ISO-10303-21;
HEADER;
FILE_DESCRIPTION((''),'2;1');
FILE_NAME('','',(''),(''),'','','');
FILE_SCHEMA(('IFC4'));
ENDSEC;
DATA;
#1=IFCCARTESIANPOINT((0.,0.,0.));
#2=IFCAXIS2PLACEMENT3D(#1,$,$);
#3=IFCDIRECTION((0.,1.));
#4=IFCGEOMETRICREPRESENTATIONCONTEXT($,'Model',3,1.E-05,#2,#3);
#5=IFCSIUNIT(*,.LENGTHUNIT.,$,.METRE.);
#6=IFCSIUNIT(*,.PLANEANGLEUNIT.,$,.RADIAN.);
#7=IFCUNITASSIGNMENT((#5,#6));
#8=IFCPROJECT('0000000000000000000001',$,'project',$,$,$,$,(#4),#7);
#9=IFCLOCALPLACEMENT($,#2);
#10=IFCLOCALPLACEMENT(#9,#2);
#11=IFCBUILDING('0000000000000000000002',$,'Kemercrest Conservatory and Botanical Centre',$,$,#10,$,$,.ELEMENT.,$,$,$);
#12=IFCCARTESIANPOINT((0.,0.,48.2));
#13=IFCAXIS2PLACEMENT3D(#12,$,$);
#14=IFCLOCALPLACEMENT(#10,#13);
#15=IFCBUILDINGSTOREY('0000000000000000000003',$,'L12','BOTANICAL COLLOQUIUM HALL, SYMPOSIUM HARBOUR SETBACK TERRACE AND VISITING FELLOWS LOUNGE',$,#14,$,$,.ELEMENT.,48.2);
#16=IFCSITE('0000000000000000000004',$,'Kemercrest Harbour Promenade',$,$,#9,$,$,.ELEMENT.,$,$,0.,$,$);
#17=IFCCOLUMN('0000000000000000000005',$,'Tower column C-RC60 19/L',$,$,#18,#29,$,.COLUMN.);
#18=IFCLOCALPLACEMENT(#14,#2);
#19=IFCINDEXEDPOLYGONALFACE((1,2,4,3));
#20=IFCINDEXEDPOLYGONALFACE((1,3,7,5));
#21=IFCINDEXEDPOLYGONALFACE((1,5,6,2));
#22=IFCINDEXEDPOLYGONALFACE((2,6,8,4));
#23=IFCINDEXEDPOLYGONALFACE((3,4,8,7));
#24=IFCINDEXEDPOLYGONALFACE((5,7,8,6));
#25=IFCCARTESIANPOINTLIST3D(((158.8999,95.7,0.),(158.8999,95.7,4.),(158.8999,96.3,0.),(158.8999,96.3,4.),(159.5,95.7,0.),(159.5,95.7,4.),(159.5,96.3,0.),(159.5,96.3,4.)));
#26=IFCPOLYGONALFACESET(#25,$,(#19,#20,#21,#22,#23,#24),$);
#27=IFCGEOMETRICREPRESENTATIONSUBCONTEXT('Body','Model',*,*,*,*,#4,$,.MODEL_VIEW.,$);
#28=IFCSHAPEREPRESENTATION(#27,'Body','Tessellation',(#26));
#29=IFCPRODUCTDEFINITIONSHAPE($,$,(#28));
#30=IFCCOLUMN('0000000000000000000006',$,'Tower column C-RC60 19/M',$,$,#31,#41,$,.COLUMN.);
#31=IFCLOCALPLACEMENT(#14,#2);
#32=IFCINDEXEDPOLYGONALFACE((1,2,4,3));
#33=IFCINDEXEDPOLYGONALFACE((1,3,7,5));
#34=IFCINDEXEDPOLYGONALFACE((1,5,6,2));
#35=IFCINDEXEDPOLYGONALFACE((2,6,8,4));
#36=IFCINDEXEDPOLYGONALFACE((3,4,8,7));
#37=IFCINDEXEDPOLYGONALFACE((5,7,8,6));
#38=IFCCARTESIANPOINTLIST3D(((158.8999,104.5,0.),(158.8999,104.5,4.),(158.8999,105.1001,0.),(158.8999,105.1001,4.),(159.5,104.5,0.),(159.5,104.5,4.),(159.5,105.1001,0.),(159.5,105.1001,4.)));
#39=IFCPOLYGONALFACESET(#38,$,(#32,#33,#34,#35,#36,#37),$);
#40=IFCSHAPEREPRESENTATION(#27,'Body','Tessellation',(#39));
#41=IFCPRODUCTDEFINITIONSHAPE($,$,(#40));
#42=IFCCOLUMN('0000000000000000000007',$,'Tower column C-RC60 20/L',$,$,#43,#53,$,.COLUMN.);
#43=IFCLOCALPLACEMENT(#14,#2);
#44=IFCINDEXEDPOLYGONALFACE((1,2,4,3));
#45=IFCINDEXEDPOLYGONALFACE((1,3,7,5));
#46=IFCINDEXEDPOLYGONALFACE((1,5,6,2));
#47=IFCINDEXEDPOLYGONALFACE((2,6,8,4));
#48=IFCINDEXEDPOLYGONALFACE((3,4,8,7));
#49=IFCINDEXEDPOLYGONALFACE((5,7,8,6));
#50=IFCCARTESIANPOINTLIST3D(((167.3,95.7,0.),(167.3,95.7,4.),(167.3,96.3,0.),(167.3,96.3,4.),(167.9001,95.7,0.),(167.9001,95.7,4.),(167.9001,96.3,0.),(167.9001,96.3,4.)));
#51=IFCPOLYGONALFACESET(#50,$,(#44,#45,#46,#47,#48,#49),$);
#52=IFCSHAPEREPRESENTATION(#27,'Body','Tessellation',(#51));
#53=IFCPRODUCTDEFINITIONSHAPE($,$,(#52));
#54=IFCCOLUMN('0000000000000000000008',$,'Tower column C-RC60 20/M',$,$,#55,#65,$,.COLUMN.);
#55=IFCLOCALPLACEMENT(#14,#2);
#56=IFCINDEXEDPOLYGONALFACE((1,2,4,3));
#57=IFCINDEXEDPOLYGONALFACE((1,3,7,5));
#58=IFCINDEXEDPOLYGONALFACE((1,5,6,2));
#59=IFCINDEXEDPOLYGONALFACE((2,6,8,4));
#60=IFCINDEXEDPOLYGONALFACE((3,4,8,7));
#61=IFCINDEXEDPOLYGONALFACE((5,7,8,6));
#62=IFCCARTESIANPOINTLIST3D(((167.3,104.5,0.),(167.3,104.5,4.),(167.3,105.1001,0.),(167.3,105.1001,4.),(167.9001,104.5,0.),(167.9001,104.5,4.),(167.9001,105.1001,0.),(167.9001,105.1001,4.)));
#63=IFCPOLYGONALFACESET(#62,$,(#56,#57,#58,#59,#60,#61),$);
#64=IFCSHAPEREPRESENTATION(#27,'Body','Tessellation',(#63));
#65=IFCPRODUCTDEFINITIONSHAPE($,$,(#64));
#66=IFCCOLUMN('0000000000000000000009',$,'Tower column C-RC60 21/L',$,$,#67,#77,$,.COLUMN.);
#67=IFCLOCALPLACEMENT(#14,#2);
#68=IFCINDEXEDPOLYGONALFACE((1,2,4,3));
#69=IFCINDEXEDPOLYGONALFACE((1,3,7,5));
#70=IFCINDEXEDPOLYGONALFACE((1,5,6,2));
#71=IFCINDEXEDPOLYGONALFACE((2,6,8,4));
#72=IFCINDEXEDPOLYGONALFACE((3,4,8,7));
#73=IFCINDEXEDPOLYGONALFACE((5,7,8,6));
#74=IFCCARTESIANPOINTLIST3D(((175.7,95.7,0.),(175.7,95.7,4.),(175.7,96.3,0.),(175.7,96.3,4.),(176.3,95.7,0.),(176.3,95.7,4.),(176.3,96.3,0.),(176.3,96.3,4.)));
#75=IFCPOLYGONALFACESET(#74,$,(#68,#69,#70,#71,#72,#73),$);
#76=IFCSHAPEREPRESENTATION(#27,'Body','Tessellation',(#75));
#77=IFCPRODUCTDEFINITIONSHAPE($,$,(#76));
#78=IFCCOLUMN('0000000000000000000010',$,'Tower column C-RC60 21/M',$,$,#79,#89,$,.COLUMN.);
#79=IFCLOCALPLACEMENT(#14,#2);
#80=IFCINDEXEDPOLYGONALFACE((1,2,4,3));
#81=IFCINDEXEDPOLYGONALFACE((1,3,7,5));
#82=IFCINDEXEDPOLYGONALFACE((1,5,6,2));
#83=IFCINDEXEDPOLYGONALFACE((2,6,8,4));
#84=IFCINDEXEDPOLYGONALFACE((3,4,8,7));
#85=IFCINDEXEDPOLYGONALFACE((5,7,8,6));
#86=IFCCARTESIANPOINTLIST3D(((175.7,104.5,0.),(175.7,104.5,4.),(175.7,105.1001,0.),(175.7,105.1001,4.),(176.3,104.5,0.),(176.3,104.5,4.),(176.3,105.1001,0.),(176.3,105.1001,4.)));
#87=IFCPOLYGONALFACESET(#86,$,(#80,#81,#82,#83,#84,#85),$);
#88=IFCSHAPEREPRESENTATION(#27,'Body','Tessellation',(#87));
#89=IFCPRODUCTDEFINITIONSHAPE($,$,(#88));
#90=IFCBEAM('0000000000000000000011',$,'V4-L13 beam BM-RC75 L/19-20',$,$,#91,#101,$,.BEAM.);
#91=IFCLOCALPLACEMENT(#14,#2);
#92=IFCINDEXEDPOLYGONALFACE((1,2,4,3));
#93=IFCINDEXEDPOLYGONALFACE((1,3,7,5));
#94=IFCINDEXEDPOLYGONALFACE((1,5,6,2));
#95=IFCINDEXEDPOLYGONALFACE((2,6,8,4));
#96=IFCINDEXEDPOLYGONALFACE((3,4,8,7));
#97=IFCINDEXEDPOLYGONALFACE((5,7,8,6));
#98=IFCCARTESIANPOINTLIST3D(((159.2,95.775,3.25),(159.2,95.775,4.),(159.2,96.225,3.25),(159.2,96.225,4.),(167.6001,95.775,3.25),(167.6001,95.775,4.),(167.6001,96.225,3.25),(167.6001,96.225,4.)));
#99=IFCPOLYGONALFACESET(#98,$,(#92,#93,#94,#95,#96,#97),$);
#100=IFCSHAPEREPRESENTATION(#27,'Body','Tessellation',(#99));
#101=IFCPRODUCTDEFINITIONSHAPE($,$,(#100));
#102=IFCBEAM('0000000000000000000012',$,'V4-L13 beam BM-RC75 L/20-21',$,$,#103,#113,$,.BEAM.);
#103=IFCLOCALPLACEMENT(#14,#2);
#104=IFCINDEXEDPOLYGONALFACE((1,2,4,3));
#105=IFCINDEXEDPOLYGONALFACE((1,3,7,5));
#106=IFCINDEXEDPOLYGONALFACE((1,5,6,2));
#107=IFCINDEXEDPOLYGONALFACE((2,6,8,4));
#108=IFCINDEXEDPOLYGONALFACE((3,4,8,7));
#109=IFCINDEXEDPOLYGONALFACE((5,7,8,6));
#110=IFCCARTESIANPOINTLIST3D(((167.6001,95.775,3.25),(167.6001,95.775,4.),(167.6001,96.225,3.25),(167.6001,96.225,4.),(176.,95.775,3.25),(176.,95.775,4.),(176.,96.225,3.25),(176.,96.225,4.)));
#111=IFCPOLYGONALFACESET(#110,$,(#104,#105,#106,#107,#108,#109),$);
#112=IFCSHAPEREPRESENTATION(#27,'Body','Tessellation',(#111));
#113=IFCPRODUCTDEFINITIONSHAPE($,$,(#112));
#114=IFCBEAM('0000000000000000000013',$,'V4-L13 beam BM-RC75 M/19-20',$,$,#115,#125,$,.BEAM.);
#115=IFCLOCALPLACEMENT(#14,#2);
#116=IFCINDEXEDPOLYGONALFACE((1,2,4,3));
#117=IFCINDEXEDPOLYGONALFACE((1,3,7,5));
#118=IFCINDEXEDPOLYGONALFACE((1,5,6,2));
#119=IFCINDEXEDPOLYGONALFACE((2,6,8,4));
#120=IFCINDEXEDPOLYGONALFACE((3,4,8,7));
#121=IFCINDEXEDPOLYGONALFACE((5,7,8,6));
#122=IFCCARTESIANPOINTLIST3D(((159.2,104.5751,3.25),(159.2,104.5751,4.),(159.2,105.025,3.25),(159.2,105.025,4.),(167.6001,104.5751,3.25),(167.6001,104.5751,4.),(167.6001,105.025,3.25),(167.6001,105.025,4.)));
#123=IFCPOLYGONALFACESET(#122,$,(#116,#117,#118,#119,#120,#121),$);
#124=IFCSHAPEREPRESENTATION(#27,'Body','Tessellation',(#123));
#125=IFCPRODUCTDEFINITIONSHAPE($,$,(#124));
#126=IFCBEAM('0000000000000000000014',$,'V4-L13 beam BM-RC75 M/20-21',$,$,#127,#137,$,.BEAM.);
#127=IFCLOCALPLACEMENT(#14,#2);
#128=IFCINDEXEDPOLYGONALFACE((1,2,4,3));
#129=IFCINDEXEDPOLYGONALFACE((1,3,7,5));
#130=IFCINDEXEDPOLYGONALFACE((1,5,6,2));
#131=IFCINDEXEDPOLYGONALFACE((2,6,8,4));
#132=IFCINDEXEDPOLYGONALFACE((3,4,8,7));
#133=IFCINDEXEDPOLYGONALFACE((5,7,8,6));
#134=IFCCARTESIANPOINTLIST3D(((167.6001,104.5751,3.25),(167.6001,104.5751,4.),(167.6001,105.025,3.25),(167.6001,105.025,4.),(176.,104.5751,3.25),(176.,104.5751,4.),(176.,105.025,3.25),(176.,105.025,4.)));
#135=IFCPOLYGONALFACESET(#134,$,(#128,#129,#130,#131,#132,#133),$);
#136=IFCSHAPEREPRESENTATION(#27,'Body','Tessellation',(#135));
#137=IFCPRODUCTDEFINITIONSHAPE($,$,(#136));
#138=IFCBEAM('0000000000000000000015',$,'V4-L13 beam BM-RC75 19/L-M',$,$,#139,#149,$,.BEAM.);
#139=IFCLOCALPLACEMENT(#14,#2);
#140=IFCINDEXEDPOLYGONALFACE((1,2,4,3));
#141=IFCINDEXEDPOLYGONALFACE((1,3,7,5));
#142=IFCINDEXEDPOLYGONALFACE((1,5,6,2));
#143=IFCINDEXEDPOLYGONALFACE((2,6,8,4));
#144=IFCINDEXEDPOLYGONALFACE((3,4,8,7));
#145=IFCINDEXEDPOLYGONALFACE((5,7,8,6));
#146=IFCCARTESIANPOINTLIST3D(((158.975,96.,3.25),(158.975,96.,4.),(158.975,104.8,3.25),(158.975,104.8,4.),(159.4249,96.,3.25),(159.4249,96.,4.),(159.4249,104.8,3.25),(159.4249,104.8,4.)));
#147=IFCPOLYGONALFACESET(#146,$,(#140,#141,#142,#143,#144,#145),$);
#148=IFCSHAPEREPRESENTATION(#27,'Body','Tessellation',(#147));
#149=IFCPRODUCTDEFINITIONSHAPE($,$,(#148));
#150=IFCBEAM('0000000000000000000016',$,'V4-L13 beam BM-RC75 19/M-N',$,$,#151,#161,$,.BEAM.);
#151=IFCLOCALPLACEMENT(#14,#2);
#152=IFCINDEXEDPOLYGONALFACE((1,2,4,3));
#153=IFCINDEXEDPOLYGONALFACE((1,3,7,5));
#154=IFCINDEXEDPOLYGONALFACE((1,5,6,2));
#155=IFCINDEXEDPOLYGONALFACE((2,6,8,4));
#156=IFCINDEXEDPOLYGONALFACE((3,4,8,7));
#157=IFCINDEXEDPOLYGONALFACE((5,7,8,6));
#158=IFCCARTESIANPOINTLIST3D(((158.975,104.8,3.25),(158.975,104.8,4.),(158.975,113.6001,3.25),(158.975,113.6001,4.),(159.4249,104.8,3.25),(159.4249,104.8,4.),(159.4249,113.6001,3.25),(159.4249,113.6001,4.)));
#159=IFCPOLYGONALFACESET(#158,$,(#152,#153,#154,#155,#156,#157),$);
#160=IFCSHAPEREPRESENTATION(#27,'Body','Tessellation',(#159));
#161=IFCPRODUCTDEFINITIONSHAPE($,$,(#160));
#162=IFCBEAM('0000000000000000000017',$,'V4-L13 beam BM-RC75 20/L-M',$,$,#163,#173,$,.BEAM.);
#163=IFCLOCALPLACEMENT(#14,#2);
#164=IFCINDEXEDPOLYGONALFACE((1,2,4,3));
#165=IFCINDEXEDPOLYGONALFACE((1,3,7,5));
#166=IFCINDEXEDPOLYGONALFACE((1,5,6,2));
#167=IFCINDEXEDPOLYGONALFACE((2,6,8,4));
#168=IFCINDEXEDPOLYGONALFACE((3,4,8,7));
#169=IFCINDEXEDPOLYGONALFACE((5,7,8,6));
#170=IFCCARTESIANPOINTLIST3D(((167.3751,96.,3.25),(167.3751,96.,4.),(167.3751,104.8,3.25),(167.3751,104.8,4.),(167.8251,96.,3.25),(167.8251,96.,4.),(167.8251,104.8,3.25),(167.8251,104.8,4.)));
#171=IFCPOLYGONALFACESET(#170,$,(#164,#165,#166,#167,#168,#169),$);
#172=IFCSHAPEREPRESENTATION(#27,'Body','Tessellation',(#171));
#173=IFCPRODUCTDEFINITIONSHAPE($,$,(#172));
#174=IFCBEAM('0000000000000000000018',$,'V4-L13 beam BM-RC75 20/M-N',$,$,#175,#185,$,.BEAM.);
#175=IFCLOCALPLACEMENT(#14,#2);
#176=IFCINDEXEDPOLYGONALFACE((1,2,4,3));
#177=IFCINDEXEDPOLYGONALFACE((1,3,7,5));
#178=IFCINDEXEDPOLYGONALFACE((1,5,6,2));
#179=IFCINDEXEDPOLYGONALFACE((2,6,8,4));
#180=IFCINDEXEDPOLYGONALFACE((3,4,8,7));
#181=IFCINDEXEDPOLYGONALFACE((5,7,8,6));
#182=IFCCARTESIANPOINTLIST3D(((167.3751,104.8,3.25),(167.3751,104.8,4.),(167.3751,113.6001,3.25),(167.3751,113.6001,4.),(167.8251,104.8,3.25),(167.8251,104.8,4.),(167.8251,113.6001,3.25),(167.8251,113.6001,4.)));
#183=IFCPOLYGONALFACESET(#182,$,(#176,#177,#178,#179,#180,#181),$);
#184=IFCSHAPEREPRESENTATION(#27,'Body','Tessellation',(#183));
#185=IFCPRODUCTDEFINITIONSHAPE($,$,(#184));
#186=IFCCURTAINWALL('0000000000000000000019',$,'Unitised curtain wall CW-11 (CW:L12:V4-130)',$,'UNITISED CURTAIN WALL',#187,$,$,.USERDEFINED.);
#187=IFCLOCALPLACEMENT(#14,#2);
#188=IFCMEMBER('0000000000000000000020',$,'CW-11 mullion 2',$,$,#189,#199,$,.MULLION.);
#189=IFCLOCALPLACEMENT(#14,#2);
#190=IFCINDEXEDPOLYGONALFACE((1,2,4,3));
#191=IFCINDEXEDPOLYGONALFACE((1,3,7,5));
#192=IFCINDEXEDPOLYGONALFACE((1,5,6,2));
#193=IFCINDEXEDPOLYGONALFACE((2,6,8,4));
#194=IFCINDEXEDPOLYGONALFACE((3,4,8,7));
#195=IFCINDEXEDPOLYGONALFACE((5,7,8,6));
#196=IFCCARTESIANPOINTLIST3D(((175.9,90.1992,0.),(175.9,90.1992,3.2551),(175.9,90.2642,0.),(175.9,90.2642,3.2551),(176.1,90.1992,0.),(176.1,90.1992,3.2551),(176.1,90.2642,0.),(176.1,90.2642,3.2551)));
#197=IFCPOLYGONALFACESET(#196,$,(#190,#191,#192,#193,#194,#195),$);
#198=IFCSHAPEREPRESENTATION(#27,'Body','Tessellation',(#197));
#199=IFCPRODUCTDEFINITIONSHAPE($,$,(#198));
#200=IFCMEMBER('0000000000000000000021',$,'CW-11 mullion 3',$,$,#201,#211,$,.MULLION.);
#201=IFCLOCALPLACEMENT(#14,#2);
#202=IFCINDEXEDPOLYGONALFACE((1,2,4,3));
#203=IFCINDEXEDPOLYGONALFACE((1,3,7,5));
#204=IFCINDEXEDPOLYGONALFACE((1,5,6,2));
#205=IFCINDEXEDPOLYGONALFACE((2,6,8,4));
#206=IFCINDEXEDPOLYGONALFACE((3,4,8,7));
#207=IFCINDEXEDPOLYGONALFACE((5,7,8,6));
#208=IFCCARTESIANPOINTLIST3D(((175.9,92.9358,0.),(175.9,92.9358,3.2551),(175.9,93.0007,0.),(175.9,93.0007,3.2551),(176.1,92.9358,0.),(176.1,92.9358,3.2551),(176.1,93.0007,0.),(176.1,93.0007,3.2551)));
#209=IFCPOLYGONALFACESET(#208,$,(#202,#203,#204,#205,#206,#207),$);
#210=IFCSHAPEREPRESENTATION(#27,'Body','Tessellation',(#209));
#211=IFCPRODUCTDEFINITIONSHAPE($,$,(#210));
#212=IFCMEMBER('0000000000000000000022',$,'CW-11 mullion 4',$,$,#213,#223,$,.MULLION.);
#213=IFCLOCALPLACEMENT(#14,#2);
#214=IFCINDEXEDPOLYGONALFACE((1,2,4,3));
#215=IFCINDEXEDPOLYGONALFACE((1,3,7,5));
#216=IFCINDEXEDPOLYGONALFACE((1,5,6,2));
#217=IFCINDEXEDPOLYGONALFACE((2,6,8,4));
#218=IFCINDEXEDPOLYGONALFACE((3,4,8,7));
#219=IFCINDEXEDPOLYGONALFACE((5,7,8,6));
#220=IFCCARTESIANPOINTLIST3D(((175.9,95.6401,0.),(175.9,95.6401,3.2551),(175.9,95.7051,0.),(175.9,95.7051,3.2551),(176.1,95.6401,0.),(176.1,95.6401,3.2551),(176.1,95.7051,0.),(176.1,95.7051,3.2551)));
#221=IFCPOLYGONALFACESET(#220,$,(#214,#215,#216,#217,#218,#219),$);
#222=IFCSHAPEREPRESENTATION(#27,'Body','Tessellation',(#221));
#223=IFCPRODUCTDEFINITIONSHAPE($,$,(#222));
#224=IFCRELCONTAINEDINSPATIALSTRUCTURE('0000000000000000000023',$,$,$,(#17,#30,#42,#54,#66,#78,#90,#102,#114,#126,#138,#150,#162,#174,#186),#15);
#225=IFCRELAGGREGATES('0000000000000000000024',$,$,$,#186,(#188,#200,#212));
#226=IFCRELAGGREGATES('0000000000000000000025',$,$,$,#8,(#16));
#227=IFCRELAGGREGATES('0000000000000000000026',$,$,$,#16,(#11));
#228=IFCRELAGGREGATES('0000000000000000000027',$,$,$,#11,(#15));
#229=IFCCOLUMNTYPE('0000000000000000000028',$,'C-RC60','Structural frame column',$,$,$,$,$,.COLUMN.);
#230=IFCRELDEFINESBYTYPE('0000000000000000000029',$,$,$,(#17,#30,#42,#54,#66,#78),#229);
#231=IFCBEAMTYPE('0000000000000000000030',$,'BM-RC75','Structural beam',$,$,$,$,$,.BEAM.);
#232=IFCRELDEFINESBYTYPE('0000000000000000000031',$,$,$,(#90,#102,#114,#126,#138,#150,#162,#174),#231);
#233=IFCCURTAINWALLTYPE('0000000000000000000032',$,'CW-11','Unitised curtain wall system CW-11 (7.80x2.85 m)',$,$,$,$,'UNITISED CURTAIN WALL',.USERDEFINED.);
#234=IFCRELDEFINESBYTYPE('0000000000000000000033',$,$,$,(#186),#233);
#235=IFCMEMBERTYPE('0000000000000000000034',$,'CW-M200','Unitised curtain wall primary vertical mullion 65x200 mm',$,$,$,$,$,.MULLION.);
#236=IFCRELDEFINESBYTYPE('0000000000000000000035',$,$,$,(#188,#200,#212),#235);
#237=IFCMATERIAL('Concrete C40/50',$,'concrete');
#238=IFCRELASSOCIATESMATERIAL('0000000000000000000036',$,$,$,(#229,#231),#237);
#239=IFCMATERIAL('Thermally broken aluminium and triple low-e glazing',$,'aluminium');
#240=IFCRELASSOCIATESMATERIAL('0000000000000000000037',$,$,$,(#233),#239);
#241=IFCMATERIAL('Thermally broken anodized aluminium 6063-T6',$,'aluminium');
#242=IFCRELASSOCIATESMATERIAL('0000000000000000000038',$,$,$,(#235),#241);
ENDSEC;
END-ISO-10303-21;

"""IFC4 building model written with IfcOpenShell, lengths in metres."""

from ifc_helpers import new_model, si_unit, direction, frame, origin, origin_2d, place, context, subcontext, project, spatial, rectangle, extrude, material, material_profile, profile_set, type_object, element, aggregate, save


model = new_model("IFC4")

# Units and contexts
model_context = context("Model", 3, precision=1e-05, world=origin(), true_north=direction((0.0, 1.0)))
body_context = subcontext(model_context, "Body", "Model", "MODEL_VIEW")
ifc_project = project(units=[si_unit("LENGTHUNIT", "METRE"), si_unit("PLANEANGLEUNIT", "RADIAN")], contexts=[model_context])

# Site, building, storey
site_placement = place(None, origin())
site = spatial("IfcSite", under=ifc_project, at=site_placement, Name="Kemercrest Harbour Promenade", CompositionType="ELEMENT", RefElevation=0.0)
building_placement = place(site_placement, origin())
building = spatial("IfcBuilding", under=site, at=building_placement, Name="Kemercrest Conservatory and Botanical Centre", CompositionType="ELEMENT")
storey_placement = place(building_placement, frame((0.0, 0.0, 48.2)))
storey = spatial("IfcBuildingStorey", under=building, at=storey_placement, Name="L12", Description="BOTANICAL COLLOQUIUM HALL, SYMPOSIUM HARBOUR SETBACK TERRACE AND VISITING FELLOWS LOUNGE", CompositionType="ELEMENT", Elevation=48.2)

# Columns
ifc_material_1 = material(Name="Concrete C40/50", Category="concrete")
ifc_material_profile_1 = material_profile(ifc_material_1, rectangle(XDim=0.6001, YDim=0.6001, at=origin_2d()), Name="RC 600x600")
ifc_profile_set_1 = profile_set([ifc_material_profile_1], Name="Concrete C40/50")
column_type = type_object("IfcColumnType", Name="C-RC60", Description="Structural frame column", PredefinedType="COLUMN", material=ifc_profile_set_1)
for number, where, z_axis, x_axis, name in (
    (1, (159.2, 96.0, 0.0), (0.0, 0.0, 1.0), (1.0, 0.0, 0.0), "Tower column C-RC60 19/L"),
    (2, (159.2, 104.8, 0.0), (0.0, 0.0, 1.0), (1.0, 0.0, 0.0), "Tower column C-RC60 19/M"),
    (3, (167.6001, 96.0, 0.0), (0.0, 0.0, 1.0), (1.0, 0.0, 0.0), "Tower column C-RC60 20/L"),
    (4, (167.6001, 104.8, 0.0), (0.0, 0.0, 1.0), (1.0, 0.0, 0.0), "Tower column C-RC60 20/M"),
    (5, (176.0, 96.0, 0.0), (0.0, 0.0, 1.0), (1.0, 0.0, 0.0), "Tower column C-RC60 21/L"),
    (6, (176.0, 104.8, 0.0), (0.0, 0.0, 1.0), (1.0, 0.0, 0.0), "Tower column C-RC60 21/M"),
):
    element("IfcColumn", number, at=place(storey_placement, frame(where, z_axis=z_axis, x_axis=x_axis)), inside=storey, type_object=column_type, Name=name, PredefinedType="COLUMN", context=body_context, shape_type="SweptSolid", body=[
        extrude(rectangle(XDim=0.6001, YDim=0.6001, at=origin_2d()), origin(), (0.0, 0.0, 1.0), 4.0),
    ])

# Beams
ifc_material_profile_2 = material_profile(ifc_material_1, rectangle(XDim=0.45, YDim=0.75, at=origin_2d()), Name="RC 450x750")
ifc_profile_set_2 = profile_set([ifc_material_profile_2], Name="Concrete C40/50")
beam_type_1 = type_object("IfcBeamType", Name="BM-RC75", Description="Structural beam", PredefinedType="BEAM", material=ifc_profile_set_2)
beam_1_placement = place(storey_placement, frame((159.2, 96.0, 3.625), z_axis=(1.0, 0.0, 0.0), x_axis=(0.0, 1.0, 0.0)))
element("IfcBeam", 7, at=beam_1_placement, inside=storey, type_object=beam_type_1, Name="V4-L13 beam BM-RC75 L/19-20", PredefinedType="BEAM", context=body_context, shape_type="SweptSolid", body=[
    extrude(rectangle(XDim=0.45, YDim=0.75, at=origin_2d()), origin(), (0.0, 0.0, 1.0), 8.4001),
])
beam_2_placement = place(storey_placement, frame((167.6001, 96.0, 3.625), z_axis=(1.0, 0.0, 0.0), x_axis=(0.0, 1.0, 0.0)))
element("IfcBeam", 8, at=beam_2_placement, inside=storey, type_object=beam_type_1, Name="V4-L13 beam BM-RC75 L/20-21", PredefinedType="BEAM", context=body_context, shape_type="SweptSolid", body=[
    extrude(rectangle(XDim=0.45, YDim=0.75, at=origin_2d()), origin(), (0.0, 0.0, 1.0), 8.3999),
])
beam_3_placement = place(storey_placement, frame((159.2, 104.8, 3.625), z_axis=(1.0, 0.0, 0.0), x_axis=(0.0, 1.0, 0.0)))
element("IfcBeam", 9, at=beam_3_placement, inside=storey, type_object=beam_type_1, Name="V4-L13 beam BM-RC75 M/19-20", PredefinedType="BEAM", context=body_context, shape_type="SweptSolid", body=[
    extrude(rectangle(XDim=0.45, YDim=0.75, at=origin_2d()), origin(), (0.0, 0.0, 1.0), 8.4001),
])
beam_4_placement = place(storey_placement, frame((167.6001, 104.8, 3.625), z_axis=(1.0, 0.0, 0.0), x_axis=(0.0, 1.0, 0.0)))
element("IfcBeam", 10, at=beam_4_placement, inside=storey, type_object=beam_type_1, Name="V4-L13 beam BM-RC75 M/20-21", PredefinedType="BEAM", context=body_context, shape_type="SweptSolid", body=[
    extrude(rectangle(XDim=0.45, YDim=0.75, at=origin_2d()), origin(), (0.0, 0.0, 1.0), 8.3999),
])
for number, where, z_axis, x_axis, name in (
    (11, (159.2, 96.0, 3.625), (0.0, 1.0, 0.0), (-1.0, 0.0, 0.0), "V4-L13 beam BM-RC75 19/L-M"),
    (12, (159.2, 104.8, 3.625), (0.0, 1.0, 0.0), (-1.0, 0.0, 0.0), "V4-L13 beam BM-RC75 19/M-N"),
    (13, (167.6001, 96.0, 3.625), (0.0, 1.0, 0.0), (-1.0, 0.0, 0.0), "V4-L13 beam BM-RC75 20/L-M"),
    (14, (167.6001, 104.8, 3.625), (0.0, 1.0, 0.0), (-1.0, 0.0, 0.0), "V4-L13 beam BM-RC75 20/M-N"),
):
    element("IfcBeam", number, at=place(storey_placement, frame(where, z_axis=z_axis, x_axis=x_axis)), inside=storey, type_object=beam_type_1, Name=name, PredefinedType="BEAM", context=body_context, shape_type="SweptSolid", body=[
        extrude(rectangle(XDim=0.45, YDim=0.75, at=origin_2d()), origin(), (0.0, 0.0, 1.0), 8.8),
    ])

# Curtain wall, members
ifc_material_2 = material(Name="Thermally broken aluminium and triple low-e glazing", Category="aluminium")
curtain_wall_type = type_object("IfcCurtainWallType", Name="CW-11", Description="Unitised curtain wall system CW-11 (7.80x2.85 m)", ElementType="UNITISED CURTAIN WALL", PredefinedType="USERDEFINED", material=ifc_material_2)
curtain_wall_placement = place(storey_placement, origin())
curtain_wall = element("IfcCurtainWall", 15, at=curtain_wall_placement, inside=storey, type_object=curtain_wall_type, Name="Unitised curtain wall CW-11 (CW:L12:V4-130)", ObjectType="UNITISED CURTAIN WALL", PredefinedType="USERDEFINED")
ifc_material_3 = material(Name="Thermally broken anodized aluminium 6063-T6", Category="aluminium")
ifc_material_profile_3 = material_profile(ifc_material_3, rectangle(XDim=0.2, YDim=0.0649, at=origin_2d()), Name="AL MULLION 65x200")
ifc_profile_set_3 = profile_set([ifc_material_profile_3], Name="Thermally broken anodized aluminium 6063-T6")
member_type_1 = type_object("IfcMemberType", Name="CW-M200", Description="Unitised curtain wall primary vertical mullion 65x200 mm", PredefinedType="MULLION", material=ifc_profile_set_3)
member_1_placement = place(storey_placement, frame((176.0, 90.2317, 0.0), z_axis=(0.0, 0.0, 1.0), x_axis=(-1.0, 0.0, 0.0)))
member_1 = element("IfcMember", 16, at=member_1_placement, type_object=member_type_1, Name="CW-11 mullion 2", PredefinedType="MULLION", context=body_context, shape_type="SweptSolid", body=[
    extrude(rectangle(XDim=0.2, YDim=0.0649, at=origin_2d()), origin(), (0.0, 0.0, 1.0), 3.2551),
])
member_2_placement = place(storey_placement, frame((176.0, 92.9683, 0.0), z_axis=(0.0, 0.0, 1.0), x_axis=(-1.0, 0.0, 0.0)))
member_2 = element("IfcMember", 17, at=member_2_placement, type_object=member_type_1, Name="CW-11 mullion 3", PredefinedType="MULLION", context=body_context, shape_type="SweptSolid", body=[
    extrude(rectangle(XDim=0.2, YDim=0.0649, at=origin_2d()), origin(), (0.0, 0.0, 1.0), 3.2551),
])
member_3_placement = place(storey_placement, frame((176.0, 95.6726, 0.0), z_axis=(0.0, 0.0, 1.0), x_axis=(-1.0, 0.0, 0.0)))
member_3 = element("IfcMember", 18, at=member_3_placement, type_object=member_type_1, Name="CW-11 mullion 4", PredefinedType="MULLION", context=body_context, shape_type="SweptSolid", body=[
    extrude(rectangle(XDim=0.2, YDim=0.0649, at=origin_2d()), origin(), (0.0, 0.0, 1.0), 3.2551),
])

aggregate(curtain_wall, [member_1, member_2, member_3])

save(model, "model.ifc")
